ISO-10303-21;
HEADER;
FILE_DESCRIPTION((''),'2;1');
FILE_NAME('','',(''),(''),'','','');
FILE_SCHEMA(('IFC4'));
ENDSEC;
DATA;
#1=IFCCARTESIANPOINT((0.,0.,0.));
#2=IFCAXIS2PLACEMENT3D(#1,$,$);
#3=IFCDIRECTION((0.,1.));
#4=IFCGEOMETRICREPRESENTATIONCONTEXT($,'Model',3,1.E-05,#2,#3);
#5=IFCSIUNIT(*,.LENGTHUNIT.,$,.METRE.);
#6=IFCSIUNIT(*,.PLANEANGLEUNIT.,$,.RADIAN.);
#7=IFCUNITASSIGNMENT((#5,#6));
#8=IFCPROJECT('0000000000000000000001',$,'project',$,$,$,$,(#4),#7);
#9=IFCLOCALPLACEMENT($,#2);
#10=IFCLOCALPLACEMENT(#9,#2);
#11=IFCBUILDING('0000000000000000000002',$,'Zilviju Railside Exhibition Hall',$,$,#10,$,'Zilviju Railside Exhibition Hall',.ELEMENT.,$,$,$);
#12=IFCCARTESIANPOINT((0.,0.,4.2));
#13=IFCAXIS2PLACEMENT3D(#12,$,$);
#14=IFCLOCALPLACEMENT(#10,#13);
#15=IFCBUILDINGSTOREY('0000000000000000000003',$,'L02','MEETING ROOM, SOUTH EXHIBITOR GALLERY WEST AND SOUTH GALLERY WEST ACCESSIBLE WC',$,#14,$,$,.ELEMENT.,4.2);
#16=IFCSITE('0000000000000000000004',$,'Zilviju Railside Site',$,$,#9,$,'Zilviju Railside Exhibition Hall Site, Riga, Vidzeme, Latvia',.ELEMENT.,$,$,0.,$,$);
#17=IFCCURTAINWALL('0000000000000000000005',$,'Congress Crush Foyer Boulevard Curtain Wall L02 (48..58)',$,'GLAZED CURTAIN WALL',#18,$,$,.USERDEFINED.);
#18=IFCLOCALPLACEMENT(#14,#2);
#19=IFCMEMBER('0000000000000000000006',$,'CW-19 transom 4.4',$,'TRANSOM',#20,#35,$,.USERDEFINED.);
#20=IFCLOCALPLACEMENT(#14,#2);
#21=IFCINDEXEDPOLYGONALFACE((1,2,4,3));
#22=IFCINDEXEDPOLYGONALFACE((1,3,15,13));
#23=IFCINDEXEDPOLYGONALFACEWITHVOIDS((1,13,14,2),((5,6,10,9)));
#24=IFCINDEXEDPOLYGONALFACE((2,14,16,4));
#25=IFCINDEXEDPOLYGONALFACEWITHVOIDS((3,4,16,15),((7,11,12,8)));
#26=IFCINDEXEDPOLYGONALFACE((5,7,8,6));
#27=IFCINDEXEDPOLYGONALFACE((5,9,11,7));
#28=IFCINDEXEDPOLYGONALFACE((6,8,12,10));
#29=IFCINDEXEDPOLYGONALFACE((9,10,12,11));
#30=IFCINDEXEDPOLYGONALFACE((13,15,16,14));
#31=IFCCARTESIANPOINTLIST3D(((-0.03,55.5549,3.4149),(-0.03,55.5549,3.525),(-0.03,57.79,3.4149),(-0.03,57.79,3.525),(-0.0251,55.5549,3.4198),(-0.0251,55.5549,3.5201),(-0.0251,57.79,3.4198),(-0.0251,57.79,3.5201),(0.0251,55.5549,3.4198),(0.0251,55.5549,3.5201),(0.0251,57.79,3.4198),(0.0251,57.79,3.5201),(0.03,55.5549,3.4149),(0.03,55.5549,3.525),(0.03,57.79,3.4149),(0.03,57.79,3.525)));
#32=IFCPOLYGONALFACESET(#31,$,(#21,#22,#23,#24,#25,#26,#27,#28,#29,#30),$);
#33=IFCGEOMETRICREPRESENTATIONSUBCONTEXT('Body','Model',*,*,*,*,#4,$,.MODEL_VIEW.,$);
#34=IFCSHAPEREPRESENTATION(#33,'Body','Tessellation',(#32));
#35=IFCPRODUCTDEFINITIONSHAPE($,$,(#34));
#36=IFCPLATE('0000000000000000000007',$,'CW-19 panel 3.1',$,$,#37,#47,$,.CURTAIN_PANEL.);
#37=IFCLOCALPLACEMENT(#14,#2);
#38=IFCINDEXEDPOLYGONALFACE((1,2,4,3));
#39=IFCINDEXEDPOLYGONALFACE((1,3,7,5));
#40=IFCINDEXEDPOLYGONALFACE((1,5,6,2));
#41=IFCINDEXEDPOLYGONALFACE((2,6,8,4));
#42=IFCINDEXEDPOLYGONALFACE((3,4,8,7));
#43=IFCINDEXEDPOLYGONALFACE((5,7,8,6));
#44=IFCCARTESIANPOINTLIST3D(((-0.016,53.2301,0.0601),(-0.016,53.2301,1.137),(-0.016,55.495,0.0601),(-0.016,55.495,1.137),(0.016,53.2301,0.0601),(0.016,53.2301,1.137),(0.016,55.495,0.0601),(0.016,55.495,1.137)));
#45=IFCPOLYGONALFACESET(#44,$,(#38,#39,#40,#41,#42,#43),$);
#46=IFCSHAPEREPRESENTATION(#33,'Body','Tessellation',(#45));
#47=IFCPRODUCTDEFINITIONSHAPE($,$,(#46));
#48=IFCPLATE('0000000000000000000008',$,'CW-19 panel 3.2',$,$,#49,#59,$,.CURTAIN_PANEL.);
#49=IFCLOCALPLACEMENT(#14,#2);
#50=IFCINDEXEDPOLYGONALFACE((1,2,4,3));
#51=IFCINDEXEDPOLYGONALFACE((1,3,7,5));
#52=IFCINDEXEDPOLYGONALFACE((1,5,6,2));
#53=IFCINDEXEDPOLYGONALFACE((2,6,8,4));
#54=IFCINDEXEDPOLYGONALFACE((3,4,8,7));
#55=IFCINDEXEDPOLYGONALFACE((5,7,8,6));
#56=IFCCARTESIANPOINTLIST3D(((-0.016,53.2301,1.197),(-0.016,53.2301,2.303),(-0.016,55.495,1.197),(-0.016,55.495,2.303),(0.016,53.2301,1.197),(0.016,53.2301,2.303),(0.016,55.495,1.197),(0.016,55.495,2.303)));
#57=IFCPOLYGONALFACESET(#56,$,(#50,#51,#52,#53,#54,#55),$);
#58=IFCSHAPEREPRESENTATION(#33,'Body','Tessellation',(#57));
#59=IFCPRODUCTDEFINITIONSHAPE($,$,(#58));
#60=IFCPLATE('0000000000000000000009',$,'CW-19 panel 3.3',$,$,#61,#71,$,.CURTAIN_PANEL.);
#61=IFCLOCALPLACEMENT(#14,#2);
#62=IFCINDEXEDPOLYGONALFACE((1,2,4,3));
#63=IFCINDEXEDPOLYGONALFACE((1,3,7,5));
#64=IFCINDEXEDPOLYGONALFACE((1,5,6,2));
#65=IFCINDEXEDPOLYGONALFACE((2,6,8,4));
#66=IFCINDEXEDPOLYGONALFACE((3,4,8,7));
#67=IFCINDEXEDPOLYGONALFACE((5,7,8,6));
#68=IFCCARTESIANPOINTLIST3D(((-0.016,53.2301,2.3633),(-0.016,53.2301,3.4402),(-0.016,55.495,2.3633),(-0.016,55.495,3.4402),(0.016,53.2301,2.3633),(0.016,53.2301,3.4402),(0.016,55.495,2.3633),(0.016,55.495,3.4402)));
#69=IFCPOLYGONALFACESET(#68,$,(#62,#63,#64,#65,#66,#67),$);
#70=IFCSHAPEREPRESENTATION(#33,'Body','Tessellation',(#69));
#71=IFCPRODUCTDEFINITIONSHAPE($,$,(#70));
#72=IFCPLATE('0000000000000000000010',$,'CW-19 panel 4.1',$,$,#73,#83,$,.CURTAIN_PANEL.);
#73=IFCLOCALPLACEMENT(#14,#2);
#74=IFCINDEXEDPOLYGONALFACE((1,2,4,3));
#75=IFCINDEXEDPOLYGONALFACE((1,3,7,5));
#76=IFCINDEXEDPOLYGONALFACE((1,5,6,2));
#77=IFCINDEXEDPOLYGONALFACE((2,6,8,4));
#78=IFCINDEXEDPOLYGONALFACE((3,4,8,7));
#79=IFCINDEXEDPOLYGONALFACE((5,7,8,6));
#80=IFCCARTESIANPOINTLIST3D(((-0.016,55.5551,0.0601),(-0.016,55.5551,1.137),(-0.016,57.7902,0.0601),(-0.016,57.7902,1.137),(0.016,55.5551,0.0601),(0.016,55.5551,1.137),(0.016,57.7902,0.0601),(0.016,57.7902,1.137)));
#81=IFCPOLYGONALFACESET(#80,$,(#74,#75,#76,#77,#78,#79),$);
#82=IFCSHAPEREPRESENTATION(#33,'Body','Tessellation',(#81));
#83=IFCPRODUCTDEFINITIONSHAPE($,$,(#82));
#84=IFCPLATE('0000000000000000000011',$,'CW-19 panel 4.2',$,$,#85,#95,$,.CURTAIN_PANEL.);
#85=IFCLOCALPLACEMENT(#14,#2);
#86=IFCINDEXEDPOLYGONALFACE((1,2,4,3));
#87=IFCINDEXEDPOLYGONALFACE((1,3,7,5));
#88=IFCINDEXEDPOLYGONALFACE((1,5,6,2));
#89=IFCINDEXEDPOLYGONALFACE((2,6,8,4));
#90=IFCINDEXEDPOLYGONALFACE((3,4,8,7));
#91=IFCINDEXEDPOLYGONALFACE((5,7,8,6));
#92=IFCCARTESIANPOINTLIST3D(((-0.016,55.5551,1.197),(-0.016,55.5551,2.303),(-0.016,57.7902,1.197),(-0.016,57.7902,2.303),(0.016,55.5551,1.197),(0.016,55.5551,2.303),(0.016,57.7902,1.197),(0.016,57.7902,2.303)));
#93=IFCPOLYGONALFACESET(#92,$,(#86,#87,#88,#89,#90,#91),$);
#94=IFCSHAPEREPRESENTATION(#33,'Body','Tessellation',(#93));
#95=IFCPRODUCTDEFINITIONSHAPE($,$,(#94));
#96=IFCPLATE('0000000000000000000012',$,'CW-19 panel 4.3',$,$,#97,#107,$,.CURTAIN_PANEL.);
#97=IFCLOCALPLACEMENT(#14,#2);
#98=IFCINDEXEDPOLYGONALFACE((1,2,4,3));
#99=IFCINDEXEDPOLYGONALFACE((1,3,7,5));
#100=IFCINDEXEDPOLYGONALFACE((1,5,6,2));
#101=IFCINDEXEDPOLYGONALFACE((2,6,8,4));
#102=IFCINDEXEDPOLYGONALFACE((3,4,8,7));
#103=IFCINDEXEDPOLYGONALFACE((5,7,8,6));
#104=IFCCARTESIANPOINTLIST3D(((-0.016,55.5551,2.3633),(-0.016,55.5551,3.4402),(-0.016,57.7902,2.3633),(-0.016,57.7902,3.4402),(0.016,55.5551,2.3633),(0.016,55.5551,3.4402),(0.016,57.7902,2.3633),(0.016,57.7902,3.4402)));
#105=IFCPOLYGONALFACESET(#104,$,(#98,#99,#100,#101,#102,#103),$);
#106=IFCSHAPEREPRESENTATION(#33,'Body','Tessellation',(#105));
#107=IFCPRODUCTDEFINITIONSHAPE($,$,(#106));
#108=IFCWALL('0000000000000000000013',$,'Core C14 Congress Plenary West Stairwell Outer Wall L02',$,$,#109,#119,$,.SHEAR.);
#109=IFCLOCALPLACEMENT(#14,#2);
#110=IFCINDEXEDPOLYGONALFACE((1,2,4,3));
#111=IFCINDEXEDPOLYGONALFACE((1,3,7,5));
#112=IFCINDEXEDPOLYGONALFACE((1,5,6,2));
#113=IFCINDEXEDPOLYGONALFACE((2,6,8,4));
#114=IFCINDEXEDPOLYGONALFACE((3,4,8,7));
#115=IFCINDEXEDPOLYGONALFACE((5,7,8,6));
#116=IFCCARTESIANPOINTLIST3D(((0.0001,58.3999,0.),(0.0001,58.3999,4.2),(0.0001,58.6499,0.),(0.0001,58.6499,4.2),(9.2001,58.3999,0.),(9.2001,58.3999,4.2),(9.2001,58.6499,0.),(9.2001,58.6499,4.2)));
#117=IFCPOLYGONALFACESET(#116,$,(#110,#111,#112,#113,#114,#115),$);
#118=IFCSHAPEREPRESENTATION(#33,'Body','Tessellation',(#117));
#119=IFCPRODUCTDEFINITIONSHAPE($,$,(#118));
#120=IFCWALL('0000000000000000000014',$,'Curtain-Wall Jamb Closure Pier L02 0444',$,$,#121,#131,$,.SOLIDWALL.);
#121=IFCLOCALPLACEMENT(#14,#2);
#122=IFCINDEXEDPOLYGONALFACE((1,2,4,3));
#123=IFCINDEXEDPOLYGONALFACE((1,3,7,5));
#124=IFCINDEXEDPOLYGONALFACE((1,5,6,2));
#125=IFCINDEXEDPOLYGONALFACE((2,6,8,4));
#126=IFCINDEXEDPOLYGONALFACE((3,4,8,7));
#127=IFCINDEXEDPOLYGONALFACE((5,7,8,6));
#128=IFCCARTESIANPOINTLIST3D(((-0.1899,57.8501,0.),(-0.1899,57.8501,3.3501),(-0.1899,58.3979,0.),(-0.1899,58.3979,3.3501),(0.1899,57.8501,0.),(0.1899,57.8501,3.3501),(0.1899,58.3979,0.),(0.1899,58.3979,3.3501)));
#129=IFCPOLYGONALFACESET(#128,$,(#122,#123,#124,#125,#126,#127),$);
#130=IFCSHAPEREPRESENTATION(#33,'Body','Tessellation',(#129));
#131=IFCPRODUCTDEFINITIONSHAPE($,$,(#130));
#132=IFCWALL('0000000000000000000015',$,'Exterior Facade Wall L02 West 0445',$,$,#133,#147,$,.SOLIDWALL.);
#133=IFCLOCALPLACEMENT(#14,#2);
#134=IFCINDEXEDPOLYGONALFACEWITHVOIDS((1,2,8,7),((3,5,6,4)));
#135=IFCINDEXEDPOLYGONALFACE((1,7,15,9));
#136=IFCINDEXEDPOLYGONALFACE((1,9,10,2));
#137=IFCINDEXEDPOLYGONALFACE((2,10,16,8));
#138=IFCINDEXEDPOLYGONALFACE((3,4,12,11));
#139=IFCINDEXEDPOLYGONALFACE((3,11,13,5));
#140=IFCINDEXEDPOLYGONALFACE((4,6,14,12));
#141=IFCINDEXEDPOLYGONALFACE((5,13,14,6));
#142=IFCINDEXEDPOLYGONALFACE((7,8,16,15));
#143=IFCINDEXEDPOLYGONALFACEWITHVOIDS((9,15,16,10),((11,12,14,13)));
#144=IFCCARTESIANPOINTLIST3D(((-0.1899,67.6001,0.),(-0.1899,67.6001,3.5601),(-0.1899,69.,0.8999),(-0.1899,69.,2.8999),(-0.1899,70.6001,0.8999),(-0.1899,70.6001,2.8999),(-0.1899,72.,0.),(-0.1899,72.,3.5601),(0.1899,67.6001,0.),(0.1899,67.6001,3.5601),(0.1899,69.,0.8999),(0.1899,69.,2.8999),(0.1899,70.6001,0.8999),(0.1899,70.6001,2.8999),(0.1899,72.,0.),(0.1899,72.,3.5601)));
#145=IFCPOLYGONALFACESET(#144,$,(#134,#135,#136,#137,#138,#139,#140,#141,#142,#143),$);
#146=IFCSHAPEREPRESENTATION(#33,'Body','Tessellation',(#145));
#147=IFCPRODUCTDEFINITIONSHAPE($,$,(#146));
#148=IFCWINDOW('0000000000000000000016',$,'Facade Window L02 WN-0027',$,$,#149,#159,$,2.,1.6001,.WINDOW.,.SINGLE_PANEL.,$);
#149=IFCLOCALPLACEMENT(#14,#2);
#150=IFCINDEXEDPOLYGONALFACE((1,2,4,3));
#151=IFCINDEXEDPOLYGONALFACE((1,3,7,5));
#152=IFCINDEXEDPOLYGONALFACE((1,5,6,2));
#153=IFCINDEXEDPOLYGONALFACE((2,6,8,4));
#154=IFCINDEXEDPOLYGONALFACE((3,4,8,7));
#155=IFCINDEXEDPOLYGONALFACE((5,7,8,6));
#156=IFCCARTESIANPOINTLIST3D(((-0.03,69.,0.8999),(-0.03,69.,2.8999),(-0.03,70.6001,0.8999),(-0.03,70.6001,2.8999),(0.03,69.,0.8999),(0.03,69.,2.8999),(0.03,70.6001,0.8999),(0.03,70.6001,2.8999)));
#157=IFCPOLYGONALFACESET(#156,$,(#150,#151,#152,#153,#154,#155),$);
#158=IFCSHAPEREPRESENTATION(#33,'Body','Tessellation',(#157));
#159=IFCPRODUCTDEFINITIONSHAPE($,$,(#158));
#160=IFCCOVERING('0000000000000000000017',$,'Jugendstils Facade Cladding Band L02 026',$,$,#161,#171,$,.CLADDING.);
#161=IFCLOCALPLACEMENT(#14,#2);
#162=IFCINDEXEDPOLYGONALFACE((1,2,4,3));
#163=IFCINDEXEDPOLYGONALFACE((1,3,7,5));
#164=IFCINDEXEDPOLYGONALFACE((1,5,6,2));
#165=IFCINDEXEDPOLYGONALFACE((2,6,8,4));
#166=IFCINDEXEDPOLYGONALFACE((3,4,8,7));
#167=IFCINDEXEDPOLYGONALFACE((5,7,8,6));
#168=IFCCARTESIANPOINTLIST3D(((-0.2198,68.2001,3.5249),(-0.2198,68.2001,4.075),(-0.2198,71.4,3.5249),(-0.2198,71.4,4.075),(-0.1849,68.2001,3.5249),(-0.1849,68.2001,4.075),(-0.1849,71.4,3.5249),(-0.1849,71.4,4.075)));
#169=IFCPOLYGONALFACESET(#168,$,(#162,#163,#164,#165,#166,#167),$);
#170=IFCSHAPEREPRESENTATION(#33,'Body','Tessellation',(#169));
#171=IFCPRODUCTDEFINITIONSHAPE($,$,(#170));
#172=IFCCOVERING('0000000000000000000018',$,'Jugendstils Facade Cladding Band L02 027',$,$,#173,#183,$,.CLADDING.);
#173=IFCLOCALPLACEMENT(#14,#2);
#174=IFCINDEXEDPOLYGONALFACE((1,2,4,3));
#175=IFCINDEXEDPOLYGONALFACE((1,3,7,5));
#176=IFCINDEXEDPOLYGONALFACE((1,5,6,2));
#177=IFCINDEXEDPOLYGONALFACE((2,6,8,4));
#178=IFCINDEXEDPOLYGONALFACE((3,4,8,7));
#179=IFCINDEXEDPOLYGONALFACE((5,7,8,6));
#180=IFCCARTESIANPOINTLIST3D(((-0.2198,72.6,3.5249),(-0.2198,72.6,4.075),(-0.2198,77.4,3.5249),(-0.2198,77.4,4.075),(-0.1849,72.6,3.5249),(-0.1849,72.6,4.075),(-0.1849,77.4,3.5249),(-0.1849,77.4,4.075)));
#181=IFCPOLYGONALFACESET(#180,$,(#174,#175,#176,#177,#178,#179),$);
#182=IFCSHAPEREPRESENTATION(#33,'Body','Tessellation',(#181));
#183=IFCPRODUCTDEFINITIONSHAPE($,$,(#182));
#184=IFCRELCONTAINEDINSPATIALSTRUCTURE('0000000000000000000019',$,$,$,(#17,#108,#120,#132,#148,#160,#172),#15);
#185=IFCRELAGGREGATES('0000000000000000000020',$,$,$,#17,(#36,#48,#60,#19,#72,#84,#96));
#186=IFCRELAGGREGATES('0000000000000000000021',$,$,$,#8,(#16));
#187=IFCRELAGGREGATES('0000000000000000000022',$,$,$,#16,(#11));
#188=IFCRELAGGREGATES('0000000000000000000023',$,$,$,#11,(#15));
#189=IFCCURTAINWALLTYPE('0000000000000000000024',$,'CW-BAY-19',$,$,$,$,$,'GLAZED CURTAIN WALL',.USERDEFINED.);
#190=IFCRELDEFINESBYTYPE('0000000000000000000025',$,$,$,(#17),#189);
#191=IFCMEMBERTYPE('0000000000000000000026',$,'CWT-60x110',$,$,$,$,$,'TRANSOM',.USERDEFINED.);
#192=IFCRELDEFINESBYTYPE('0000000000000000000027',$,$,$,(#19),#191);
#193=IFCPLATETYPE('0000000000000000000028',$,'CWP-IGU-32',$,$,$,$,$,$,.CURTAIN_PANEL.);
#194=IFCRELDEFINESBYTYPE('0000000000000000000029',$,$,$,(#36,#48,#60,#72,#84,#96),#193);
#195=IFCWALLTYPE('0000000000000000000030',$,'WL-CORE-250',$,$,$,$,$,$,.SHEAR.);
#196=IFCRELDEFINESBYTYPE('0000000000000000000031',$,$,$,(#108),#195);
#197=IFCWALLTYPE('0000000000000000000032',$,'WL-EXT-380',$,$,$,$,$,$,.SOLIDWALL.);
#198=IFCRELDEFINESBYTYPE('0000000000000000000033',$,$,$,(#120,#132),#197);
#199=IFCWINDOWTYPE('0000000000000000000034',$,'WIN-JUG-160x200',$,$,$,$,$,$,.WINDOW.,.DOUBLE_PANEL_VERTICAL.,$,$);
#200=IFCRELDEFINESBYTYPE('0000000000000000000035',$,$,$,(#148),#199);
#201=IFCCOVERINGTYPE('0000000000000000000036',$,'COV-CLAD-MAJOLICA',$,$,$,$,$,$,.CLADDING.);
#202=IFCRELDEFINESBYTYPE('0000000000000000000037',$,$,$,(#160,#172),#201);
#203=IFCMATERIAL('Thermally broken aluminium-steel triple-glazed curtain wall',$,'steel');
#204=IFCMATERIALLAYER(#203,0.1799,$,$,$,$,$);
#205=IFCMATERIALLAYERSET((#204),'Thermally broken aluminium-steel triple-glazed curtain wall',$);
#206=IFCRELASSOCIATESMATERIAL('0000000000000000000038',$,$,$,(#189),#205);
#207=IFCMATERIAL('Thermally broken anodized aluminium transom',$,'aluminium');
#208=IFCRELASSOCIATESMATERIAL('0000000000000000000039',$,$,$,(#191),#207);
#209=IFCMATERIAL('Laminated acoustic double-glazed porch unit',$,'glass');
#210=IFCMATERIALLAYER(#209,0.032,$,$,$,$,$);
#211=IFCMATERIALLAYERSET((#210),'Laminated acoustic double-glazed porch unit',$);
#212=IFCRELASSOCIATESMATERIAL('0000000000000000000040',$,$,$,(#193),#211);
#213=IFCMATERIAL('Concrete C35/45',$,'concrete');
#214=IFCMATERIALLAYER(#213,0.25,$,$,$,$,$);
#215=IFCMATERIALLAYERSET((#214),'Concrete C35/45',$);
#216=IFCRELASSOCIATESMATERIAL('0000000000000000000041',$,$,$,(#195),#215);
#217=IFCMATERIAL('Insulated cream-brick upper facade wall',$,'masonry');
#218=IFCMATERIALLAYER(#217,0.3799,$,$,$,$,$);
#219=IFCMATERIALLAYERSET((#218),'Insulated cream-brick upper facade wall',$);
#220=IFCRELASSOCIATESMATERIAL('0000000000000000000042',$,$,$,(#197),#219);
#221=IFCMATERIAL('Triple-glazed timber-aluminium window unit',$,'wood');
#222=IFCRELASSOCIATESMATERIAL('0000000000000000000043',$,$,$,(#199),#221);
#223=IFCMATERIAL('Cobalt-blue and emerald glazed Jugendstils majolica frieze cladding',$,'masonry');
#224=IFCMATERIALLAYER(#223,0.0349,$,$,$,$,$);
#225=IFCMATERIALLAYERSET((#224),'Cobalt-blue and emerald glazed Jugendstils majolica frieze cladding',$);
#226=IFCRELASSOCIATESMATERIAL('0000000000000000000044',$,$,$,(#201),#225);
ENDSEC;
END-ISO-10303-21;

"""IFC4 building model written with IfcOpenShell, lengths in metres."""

from ifc_helpers import new_model, si_unit, direction, frame, frame_2d, origin, origin_2d, place, context, subcontext, project, spatial, rectangle, hollow_rectangle, extrude, material, layer, layer_set, material_profile, profile_set, type_object, element, fill, aggregate, save


model = new_model("IFC4")

# Units and contexts
model_context = context("Model", 3, precision=1e-05, world=origin(), true_north=direction((0.0, 1.0)))
body_context = subcontext(model_context, "Body", "Model", "MODEL_VIEW")
ifc_project = project(units=[si_unit("LENGTHUNIT", "METRE"), si_unit("PLANEANGLEUNIT", "RADIAN")], contexts=[model_context])

# Site, building, storey
site_placement = place(None, origin())
site = spatial("IfcSite", under=ifc_project, at=site_placement, Name="Zilviju Railside Site", LongName="Zilviju Railside Exhibition Hall Site, Riga, Vidzeme, Latvia", CompositionType="ELEMENT", RefElevation=0.0)
building_placement = place(site_placement, origin())
building = spatial("IfcBuilding", under=site, at=building_placement, Name="Zilviju Railside Exhibition Hall", LongName="Zilviju Railside Exhibition Hall", CompositionType="ELEMENT")
storey_placement = place(building_placement, frame((0.0, 0.0, 4.2)))
storey = spatial("IfcBuildingStorey", under=building, at=storey_placement, Name="L02", Description="MEETING ROOM, SOUTH EXHIBITOR GALLERY WEST AND SOUTH GALLERY WEST ACCESSIBLE WC", CompositionType="ELEMENT", Elevation=4.2)

# Curtain wall, member, plates
ifc_material_1 = material(Name="Thermally broken aluminium-steel triple-glazed curtain wall", Category="steel")
ifc_layer_1 = layer(ifc_material_1, 0.1799)
ifc_layer_set_1 = layer_set([ifc_layer_1], Name="Thermally broken aluminium-steel triple-glazed curtain wall")
curtain_wall_type = type_object("IfcCurtainWallType", Name="CW-BAY-19", ElementType="GLAZED CURTAIN WALL", PredefinedType="USERDEFINED", material=ifc_layer_set_1)
curtain_wall_placement = place(storey_placement, origin())
curtain_wall = element("IfcCurtainWall", 1, at=curtain_wall_placement, inside=storey, type_object=curtain_wall_type, Name="Congress Crush Foyer Boulevard Curtain Wall L02 (48..58)", ObjectType="GLAZED CURTAIN WALL", PredefinedType="USERDEFINED")
ifc_material_2 = material(Name="Thermally broken anodized aluminium transom", Category="aluminium")
ifc_material_profile_1 = material_profile(ifc_material_2, hollow_rectangle(XDim=0.0601, YDim=0.1101, WallThickness=0.0049, at=origin_2d()), Name="TRANSOM 110x60x5")
ifc_profile_set_1 = profile_set([ifc_material_profile_1], Name="Thermally broken anodized aluminium transom")
member_type_1 = type_object("IfcMemberType", Name="CWT-60x110", ElementType="TRANSOM", PredefinedType="USERDEFINED", material=ifc_profile_set_1)
member_1_placement = place(storey_placement, frame((0.0, 55.5549, 3.47), z_axis=(0.0, 1.0, 0.0), x_axis=(-1.0, 0.0, 0.0)))
member_1 = element("IfcMember", 2, at=member_1_placement, type_object=member_type_1, Name="CW-19 transom 4.4", ObjectType="TRANSOM", PredefinedType="USERDEFINED", context=body_context, shape_type="SweptSolid", body=[
    extrude(hollow_rectangle(XDim=0.0601, YDim=0.1101, WallThickness=0.0049, at=origin_2d()), origin(), (0.0, 0.0, 1.0), 2.2351),
])
ifc_material_3 = material(Name="Laminated acoustic double-glazed porch unit", Category="glass")
ifc_layer_2 = layer(ifc_material_3, 0.032)
ifc_layer_set_2 = layer_set([ifc_layer_2], Name="Laminated acoustic double-glazed porch unit")
plate_type = type_object("IfcPlateType", Name="CWP-IGU-32", PredefinedType="CURTAIN_PANEL", material=ifc_layer_set_2)
plate_1_placement = place(storey_placement, frame((0.0, 54.3625, 0.0601), z_axis=(0.0, 0.0, 1.0), x_axis=(0.0, 1.0, 0.0)))
plate_1 = element("IfcPlate", 3, at=plate_1_placement, type_object=plate_type, Name="CW-19 panel 3.1", PredefinedType="CURTAIN_PANEL", context=body_context, shape_type="SweptSolid", body=[
    extrude(rectangle(XDim=2.2649, YDim=0.032, at=origin_2d()), origin(), (0.0, 0.0, 1.0), 1.0769),
])
plate_2_placement = place(storey_placement, frame((0.0, 54.3625, 1.197), z_axis=(0.0, 0.0, 1.0), x_axis=(0.0, 1.0, 0.0)))
plate_2 = element("IfcPlate", 4, at=plate_2_placement, type_object=plate_type, Name="CW-19 panel 3.2", PredefinedType="CURTAIN_PANEL", context=body_context, shape_type="SweptSolid", body=[
    extrude(rectangle(XDim=2.2649, YDim=0.032, at=origin_2d()), origin(), (0.0, 0.0, 1.0), 1.106),
])
plate_3_placement = place(storey_placement, frame((0.0, 54.3625, 2.3633), z_axis=(0.0, 0.0, 1.0), x_axis=(0.0, 1.0, 0.0)))
plate_3 = element("IfcPlate", 5, at=plate_3_placement, type_object=plate_type, Name="CW-19 panel 3.3", PredefinedType="CURTAIN_PANEL", context=body_context, shape_type="SweptSolid", body=[
    extrude(rectangle(XDim=2.2649, YDim=0.032, at=origin_2d()), origin(), (0.0, 0.0, 1.0), 1.0769),
])
plate_4_placement = place(storey_placement, frame((0.0, 56.6726, 0.0601), z_axis=(0.0, 0.0, 1.0), x_axis=(0.0, 1.0, 0.0)))
plate_4 = element("IfcPlate", 6, at=plate_4_placement, type_object=plate_type, Name="CW-19 panel 4.1", PredefinedType="CURTAIN_PANEL", context=body_context, shape_type="SweptSolid", body=[
    extrude(rectangle(XDim=2.2351, YDim=0.032, at=origin_2d()), origin(), (0.0, 0.0, 1.0), 1.0769),
])
plate_5_placement = place(storey_placement, frame((0.0, 56.6726, 1.197), z_axis=(0.0, 0.0, 1.0), x_axis=(0.0, 1.0, 0.0)))
plate_5 = element("IfcPlate", 7, at=plate_5_placement, type_object=plate_type, Name="CW-19 panel 4.2", PredefinedType="CURTAIN_PANEL", context=body_context, shape_type="SweptSolid", body=[
    extrude(rectangle(XDim=2.2351, YDim=0.032, at=origin_2d()), origin(), (0.0, 0.0, 1.0), 1.106),
])
plate_6_placement = place(storey_placement, frame((0.0, 56.6726, 2.3633), z_axis=(0.0, 0.0, 1.0), x_axis=(0.0, 1.0, 0.0)))
plate_6 = element("IfcPlate", 8, at=plate_6_placement, type_object=plate_type, Name="CW-19 panel 4.3", PredefinedType="CURTAIN_PANEL", context=body_context, shape_type="SweptSolid", body=[
    extrude(rectangle(XDim=2.2351, YDim=0.032, at=origin_2d()), origin(), (0.0, 0.0, 1.0), 1.0769),
])
aggregate(curtain_wall, [plate_1, plate_2, plate_3, member_1, plate_4, plate_5, plate_6])

# Wall
ifc_material_4 = material(Name="Concrete C35/45", Category="concrete")
ifc_layer_3 = layer(ifc_material_4, 0.25)
ifc_layer_set_3 = layer_set([ifc_layer_3], Name="Concrete C35/45")
wall_type_1 = type_object("IfcWallType", Name="WL-CORE-250", PredefinedType="SHEAR", material=ifc_layer_set_3)
wall_1_placement = place(storey_placement, frame((0.0, 58.5249, 0.0), z_axis=(0.0, 0.0, 1.0), x_axis=(1.0, 0.0, 0.0)))
element("IfcWall", 9, at=wall_1_placement, inside=storey, type_object=wall_type_1, Name="Core C14 Congress Plenary West Stairwell Outer Wall L02", PredefinedType="SHEAR", context=body_context, shape_type="SweptSolid", body=[
    extrude(rectangle(XDim=9.2, YDim=0.25, at=frame_2d((4.6001, 0.0))), origin(), (0.0, 0.0, 1.0), 4.2),
])

# Wall
ifc_material_5 = material(Name="Insulated cream-brick upper facade wall", Category="masonry")
ifc_layer_4 = layer(ifc_material_5, 0.3799)
ifc_layer_set_4 = layer_set([ifc_layer_4], Name="Insulated cream-brick upper facade wall")
wall_type_2 = type_object("IfcWallType", Name="WL-EXT-380", PredefinedType="SOLIDWALL", material=ifc_layer_set_4)
wall_2_placement = place(storey_placement, frame((0.0, 57.8501, 0.0), z_axis=(0.0, 0.0, 1.0), x_axis=(0.0, 1.0, 0.0)))
element("IfcWall", 10, at=wall_2_placement, inside=storey, type_object=wall_type_2, Name="Curtain-Wall Jamb Closure Pier L02 0444", PredefinedType="SOLIDWALL", context=body_context, shape_type="SweptSolid", body=[
    extrude(rectangle(XDim=0.5479, YDim=0.3799, at=frame_2d((0.2739, 0.0))), origin(), (0.0, 0.0, 1.0), 3.3501),
])

# Wall, opening, window
wall_3_placement = place(storey_placement, frame((0.0, 67.6001, 0.0), z_axis=(0.0, 0.0, 1.0), x_axis=(0.0, 1.0, 0.0)))
wall_3 = element("IfcWall", 11, at=wall_3_placement, inside=storey, type_object=wall_type_2, Name="Exterior Facade Wall L02 West 0445", PredefinedType="SOLIDWALL", context=body_context, shape_type="SweptSolid", body=[
    extrude(rectangle(XDim=4.3999, YDim=0.3799, at=frame_2d((2.2, 0.0))), origin(), (0.0, 0.0, 1.0), 3.5601),
])
opening_1_placement = place(wall_3_placement, frame((1.3999, 0.0, 0.8999)))
opening_1 = element("IfcOpeningElement", 12, at=opening_1_placement, cuts=wall_3, PredefinedType="OPENING", context=body_context, shape_type="SweptSolid", body=[
    extrude(rectangle(XDim=1.6001, YDim=2.0, at=frame_2d((0.8, 1.0))), frame((0.0, 0.2, 0.0), z_axis=(0.0, -1.0, 0.0), x_axis=(1.0, 0.0, 0.0)), (0.0, 0.0, 1.0), 0.3999),
])
ifc_material_6 = material(Name="Triple-glazed timber-aluminium window unit", Category="wood")
window_type = type_object("IfcWindowType", Name="WIN-JUG-160x200", PartitioningType="DOUBLE_PANEL_VERTICAL", PredefinedType="WINDOW", material=ifc_material_6)
window_placement = place(opening_1_placement, origin())
window = element("IfcWindow", 13, at=window_placement, inside=storey, type_object=window_type, Name="Facade Window L02 WN-0027", OverallHeight=2.0, OverallWidth=1.6001, PartitioningType="SINGLE_PANEL", PredefinedType="WINDOW", context=body_context, shape_type="SweptSolid", body=[
    extrude(rectangle(XDim=1.6001, YDim=2.0, at=frame_2d((0.8, 1.0))), frame((0.0, 0.03, 0.0), z_axis=(0.0, -1.0, 0.0), x_axis=(1.0, 0.0, 0.0)), (0.0, 0.0, 1.0), 0.0601),
])
fill(opening_1, window)

# Coverings
ifc_material_7 = material(Name="Cobalt-blue and emerald glazed Jugendstils majolica frieze cladding", Category="masonry")
ifc_layer_5 = layer(ifc_material_7, 0.0349)
ifc_layer_set_5 = layer_set([ifc_layer_5], Name="Cobalt-blue and emerald glazed Jugendstils majolica frieze cladding")
covering_type = type_object("IfcCoveringType", Name="COV-CLAD-MAJOLICA", PredefinedType="CLADDING", material=ifc_layer_set_5)
covering_1_placement = place(storey_placement, frame((-0.2024, 69.8, 3.5249), z_axis=(0.0, 0.0, 1.0), x_axis=(0.0, 1.0, 0.0)))
element("IfcCovering", 14, at=covering_1_placement, inside=storey, type_object=covering_type, Name="Jugendstils Facade Cladding Band L02 026", PredefinedType="CLADDING", context=body_context, shape_type="SweptSolid", body=[
    extrude(rectangle(XDim=3.2, YDim=0.0349, at=origin_2d()), origin(), (0.0, 0.0, 1.0), 0.55),
])
covering_2_placement = place(storey_placement, frame((-0.2024, 75.0, 3.5249), z_axis=(0.0, 0.0, 1.0), x_axis=(0.0, 1.0, 0.0)))
element("IfcCovering", 15, at=covering_2_placement, inside=storey, type_object=covering_type, Name="Jugendstils Facade Cladding Band L02 027", PredefinedType="CLADDING", context=body_context, shape_type="SweptSolid", body=[
    extrude(rectangle(XDim=4.8, YDim=0.0349, at=origin_2d()), origin(), (0.0, 0.0, 1.0), 0.55),
])

save(model, "model.ifc")
